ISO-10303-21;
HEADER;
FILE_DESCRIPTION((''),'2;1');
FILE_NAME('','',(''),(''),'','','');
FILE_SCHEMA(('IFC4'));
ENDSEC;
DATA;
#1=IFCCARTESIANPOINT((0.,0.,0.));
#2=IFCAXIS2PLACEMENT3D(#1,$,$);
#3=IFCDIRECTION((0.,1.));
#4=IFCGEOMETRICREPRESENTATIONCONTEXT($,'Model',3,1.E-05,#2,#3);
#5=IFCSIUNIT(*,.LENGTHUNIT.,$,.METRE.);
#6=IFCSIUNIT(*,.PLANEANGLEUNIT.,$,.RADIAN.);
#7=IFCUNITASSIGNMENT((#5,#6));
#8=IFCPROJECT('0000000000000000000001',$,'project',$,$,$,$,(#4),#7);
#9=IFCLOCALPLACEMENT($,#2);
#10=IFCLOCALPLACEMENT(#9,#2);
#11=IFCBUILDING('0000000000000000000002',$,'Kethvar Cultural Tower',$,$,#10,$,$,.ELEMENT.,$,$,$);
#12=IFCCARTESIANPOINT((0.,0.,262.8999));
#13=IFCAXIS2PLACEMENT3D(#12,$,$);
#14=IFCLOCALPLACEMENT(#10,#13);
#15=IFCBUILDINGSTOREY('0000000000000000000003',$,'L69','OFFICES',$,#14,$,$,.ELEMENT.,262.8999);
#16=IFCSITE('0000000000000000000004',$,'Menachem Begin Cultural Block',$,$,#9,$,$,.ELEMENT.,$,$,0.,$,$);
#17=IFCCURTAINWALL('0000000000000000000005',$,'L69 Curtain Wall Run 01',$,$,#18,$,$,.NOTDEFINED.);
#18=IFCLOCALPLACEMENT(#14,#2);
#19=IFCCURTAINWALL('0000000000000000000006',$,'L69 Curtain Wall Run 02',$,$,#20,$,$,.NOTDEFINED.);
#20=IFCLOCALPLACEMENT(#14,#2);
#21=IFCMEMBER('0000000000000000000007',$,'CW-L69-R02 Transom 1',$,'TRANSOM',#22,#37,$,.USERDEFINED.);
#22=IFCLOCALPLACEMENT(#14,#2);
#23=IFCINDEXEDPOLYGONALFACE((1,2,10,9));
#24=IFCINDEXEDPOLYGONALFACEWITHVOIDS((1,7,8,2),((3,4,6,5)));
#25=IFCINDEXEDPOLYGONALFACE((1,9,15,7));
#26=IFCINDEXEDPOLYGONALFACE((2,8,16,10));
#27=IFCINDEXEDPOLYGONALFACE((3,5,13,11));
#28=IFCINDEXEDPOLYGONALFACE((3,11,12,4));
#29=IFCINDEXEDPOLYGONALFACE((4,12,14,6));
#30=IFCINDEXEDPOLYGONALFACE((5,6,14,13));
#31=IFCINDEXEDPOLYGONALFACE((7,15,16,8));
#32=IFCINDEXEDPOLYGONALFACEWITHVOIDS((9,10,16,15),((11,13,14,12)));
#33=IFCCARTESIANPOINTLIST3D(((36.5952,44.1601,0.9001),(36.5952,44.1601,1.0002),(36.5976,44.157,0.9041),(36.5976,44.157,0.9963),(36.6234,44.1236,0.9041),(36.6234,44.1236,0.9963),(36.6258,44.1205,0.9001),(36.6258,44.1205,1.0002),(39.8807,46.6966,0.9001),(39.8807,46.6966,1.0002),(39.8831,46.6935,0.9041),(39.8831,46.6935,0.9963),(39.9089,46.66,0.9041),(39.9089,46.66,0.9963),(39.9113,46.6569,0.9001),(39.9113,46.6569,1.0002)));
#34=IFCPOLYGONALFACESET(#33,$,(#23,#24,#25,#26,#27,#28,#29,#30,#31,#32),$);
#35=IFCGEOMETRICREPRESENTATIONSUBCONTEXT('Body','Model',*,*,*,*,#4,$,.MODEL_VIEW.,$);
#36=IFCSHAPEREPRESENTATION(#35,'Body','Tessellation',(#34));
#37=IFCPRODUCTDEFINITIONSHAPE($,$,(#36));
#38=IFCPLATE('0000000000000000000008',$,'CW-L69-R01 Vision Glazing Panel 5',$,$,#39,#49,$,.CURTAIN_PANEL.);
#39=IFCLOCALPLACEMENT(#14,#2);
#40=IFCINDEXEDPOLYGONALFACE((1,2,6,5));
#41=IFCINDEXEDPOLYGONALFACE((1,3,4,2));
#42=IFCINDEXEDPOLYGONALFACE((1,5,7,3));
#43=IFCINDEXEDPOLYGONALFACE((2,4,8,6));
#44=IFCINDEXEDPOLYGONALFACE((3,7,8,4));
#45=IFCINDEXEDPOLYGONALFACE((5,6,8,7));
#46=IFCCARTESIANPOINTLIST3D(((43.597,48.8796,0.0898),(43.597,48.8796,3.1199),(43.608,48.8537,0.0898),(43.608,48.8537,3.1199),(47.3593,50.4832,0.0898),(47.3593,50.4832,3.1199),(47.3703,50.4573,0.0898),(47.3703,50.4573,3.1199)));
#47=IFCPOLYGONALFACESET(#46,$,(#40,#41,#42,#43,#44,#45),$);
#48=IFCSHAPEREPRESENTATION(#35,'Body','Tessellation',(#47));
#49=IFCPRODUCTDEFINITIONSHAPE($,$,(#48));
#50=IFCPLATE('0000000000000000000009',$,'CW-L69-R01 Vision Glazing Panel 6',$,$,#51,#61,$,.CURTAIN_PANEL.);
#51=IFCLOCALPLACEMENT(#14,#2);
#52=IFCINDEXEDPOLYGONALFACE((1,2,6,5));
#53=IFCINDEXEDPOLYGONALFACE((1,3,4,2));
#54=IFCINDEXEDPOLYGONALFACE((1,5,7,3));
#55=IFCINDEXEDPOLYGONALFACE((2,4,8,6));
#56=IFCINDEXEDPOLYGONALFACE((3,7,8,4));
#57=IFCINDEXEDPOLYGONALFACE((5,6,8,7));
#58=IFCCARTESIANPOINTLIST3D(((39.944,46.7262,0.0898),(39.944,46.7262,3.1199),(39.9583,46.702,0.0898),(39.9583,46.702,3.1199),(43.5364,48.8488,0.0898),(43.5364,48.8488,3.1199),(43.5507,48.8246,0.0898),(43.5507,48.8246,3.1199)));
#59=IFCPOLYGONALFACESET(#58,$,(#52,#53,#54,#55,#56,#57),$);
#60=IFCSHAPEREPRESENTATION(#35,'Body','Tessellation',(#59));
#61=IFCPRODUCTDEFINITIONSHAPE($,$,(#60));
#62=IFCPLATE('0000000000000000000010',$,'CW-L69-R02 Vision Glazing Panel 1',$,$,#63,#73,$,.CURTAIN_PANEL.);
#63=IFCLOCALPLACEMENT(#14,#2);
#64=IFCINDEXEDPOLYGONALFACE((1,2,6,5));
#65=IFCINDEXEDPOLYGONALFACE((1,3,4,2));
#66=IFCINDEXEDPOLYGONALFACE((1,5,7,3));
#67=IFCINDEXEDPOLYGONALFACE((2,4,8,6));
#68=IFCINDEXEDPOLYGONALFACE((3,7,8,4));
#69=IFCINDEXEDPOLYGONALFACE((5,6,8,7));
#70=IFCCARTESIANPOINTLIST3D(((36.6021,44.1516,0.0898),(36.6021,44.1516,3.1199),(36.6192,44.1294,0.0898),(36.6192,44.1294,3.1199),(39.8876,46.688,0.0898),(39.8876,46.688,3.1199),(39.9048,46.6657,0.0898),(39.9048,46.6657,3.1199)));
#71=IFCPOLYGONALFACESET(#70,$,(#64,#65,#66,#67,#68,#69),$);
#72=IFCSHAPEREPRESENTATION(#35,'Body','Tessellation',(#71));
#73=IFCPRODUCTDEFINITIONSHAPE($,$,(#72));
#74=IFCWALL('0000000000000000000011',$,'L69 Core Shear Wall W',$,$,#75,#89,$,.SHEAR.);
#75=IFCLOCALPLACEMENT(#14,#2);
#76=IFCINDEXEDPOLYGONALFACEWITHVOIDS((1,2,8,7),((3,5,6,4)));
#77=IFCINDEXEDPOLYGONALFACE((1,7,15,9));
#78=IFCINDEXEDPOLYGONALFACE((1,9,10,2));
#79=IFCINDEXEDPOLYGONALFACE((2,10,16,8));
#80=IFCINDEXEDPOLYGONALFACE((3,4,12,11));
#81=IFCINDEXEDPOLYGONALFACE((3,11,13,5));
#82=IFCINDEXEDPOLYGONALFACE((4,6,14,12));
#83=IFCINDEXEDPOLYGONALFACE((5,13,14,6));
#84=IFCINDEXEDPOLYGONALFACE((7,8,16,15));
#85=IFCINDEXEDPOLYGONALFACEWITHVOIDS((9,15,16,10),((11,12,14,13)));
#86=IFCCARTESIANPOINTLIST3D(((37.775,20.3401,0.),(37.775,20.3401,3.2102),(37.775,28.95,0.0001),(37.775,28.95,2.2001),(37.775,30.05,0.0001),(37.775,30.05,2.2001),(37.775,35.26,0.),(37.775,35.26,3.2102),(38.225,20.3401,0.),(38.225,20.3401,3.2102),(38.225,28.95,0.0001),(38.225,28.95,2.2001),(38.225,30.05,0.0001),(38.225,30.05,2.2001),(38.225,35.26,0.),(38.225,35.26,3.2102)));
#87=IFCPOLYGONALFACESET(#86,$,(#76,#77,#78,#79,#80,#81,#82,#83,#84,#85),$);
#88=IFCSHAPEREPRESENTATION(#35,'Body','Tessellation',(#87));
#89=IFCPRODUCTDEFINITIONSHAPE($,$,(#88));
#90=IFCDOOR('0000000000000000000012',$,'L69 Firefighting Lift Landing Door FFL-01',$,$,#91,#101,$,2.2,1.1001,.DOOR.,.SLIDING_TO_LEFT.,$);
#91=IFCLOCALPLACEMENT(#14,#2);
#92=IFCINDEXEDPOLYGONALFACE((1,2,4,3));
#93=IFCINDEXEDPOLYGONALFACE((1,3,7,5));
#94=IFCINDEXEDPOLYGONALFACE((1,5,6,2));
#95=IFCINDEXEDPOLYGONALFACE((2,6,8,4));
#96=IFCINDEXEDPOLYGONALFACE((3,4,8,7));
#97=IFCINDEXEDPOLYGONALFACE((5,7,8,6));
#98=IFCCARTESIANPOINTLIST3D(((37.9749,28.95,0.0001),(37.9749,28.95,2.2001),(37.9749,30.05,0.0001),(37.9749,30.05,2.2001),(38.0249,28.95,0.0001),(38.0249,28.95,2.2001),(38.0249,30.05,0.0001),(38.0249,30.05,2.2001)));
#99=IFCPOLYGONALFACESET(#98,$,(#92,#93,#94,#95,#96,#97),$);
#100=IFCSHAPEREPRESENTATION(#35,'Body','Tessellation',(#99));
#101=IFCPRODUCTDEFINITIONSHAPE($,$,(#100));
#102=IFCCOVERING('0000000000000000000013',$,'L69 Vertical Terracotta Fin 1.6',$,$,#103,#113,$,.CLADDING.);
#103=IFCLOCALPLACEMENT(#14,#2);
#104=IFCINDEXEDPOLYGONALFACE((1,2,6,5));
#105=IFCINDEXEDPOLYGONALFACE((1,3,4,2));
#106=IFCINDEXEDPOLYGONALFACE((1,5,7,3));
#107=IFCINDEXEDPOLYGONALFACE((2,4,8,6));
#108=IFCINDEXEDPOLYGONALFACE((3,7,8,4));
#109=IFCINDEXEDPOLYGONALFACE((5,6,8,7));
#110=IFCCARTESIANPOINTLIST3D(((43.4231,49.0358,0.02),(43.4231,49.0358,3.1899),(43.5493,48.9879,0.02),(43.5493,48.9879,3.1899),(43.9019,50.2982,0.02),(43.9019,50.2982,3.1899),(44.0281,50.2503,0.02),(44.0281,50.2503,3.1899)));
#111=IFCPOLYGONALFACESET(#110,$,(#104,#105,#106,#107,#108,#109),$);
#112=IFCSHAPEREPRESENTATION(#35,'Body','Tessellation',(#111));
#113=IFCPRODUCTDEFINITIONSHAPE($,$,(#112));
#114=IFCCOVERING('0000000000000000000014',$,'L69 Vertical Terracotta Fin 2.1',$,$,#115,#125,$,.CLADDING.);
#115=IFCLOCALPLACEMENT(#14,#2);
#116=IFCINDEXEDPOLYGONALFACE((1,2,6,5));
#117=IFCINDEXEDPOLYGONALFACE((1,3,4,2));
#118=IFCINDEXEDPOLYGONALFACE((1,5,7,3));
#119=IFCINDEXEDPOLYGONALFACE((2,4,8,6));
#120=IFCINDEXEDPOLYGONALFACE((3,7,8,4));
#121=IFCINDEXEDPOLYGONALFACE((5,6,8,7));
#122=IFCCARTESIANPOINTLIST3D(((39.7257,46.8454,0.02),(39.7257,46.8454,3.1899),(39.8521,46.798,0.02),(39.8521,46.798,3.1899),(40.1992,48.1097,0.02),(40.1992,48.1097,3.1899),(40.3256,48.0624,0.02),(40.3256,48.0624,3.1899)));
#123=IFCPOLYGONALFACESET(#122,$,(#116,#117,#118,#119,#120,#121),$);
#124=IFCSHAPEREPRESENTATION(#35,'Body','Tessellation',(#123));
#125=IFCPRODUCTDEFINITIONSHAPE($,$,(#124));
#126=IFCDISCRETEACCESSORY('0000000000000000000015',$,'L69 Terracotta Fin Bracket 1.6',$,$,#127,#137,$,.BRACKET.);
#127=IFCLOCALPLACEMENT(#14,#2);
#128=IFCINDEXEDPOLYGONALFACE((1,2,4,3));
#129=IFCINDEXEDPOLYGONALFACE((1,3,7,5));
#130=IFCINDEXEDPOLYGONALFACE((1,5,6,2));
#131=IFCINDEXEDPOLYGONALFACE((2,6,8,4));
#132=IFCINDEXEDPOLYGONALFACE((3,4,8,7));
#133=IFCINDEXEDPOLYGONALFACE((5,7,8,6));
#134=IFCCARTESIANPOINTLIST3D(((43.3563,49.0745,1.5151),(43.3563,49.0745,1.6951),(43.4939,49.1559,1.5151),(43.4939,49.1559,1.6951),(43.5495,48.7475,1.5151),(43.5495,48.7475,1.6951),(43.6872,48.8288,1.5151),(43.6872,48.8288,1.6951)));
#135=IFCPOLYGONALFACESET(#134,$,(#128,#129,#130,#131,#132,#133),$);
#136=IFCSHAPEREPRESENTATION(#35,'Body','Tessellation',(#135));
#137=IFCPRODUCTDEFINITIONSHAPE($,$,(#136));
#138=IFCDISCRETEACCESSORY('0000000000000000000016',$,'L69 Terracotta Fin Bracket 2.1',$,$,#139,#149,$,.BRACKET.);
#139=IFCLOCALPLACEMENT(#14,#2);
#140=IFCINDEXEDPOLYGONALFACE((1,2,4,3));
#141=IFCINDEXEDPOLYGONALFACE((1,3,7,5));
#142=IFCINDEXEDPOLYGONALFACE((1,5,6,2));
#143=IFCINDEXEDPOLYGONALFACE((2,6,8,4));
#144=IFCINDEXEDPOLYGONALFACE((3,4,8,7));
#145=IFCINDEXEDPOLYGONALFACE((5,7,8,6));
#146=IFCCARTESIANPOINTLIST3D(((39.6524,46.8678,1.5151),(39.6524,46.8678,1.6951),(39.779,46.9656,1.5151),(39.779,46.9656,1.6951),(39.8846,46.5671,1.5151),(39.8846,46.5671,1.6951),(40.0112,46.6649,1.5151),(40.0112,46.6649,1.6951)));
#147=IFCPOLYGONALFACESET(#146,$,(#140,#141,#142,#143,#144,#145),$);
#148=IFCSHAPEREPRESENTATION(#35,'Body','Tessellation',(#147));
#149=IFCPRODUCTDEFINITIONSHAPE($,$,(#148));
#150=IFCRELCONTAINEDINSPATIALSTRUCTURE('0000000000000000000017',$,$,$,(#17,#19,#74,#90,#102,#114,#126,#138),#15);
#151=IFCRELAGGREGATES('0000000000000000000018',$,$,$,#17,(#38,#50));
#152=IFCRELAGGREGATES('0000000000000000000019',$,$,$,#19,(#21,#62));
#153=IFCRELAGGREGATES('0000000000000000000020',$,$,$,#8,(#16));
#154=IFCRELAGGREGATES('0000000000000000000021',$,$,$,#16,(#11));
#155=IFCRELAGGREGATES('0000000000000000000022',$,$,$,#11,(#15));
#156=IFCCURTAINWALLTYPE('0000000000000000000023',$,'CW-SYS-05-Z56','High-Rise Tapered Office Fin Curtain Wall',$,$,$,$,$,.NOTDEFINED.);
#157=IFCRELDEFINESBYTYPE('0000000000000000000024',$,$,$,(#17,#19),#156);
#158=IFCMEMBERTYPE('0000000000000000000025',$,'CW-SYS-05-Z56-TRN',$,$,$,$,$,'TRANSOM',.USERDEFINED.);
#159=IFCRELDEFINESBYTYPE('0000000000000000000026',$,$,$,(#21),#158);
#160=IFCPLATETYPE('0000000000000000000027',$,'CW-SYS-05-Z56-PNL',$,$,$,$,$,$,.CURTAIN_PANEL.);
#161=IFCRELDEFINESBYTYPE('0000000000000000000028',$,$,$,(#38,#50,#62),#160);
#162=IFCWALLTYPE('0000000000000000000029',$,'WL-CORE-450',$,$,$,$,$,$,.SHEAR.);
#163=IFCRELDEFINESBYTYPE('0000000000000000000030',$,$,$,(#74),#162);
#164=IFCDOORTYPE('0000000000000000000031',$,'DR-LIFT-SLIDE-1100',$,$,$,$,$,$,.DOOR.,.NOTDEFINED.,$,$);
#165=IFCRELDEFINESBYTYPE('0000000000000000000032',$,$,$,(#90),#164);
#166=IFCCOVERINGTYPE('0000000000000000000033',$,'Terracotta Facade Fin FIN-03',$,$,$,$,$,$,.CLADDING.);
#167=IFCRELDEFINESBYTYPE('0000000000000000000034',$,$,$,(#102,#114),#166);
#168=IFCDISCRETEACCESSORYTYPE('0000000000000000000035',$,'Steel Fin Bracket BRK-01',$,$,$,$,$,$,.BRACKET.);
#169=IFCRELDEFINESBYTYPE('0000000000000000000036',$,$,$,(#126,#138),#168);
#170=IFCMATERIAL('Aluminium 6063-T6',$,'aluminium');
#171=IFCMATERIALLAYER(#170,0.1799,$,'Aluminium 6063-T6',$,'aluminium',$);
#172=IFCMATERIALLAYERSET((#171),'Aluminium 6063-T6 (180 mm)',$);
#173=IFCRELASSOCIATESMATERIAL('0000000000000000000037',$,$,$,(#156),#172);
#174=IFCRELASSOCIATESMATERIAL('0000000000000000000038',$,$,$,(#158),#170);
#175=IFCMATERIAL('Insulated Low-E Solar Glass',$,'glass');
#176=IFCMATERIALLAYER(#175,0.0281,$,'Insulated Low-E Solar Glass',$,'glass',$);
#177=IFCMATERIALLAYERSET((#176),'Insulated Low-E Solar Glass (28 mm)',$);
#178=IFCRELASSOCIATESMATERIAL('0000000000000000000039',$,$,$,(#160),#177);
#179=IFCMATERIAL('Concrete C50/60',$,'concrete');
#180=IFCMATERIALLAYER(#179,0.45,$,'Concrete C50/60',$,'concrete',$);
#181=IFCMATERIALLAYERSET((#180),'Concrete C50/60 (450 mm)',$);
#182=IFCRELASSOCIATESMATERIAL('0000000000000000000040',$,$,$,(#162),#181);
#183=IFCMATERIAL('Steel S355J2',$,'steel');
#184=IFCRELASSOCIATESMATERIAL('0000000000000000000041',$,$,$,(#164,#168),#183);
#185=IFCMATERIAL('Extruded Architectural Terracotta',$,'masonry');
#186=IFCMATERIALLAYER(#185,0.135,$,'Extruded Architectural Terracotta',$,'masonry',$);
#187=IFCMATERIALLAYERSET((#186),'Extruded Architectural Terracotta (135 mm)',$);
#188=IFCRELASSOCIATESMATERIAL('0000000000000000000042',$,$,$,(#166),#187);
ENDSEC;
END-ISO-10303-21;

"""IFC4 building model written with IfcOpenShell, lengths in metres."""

from ifc_helpers import new_model, si_unit, direction, frame, frame_2d, origin, origin_2d, place, context, subcontext, project, spatial, rectangle, hollow_rectangle, extrude, source, transform, mapped, material, layer, layer_set, material_profile, profile_set, type_object, element, fill, aggregate, save


model = new_model("IFC4")

# Units and contexts
model_context = context("Model", 3, precision=1e-05, world=origin(), true_north=direction((0.0, 1.0)))
body_context = subcontext(model_context, "Body", "Model", "MODEL_VIEW")
ifc_project = project(units=[si_unit("LENGTHUNIT", "METRE"), si_unit("PLANEANGLEUNIT", "RADIAN")], contexts=[model_context])

# Site, building, storey
site_placement = place(None, origin())
site = spatial("IfcSite", under=ifc_project, at=site_placement, Name="Menachem Begin Cultural Block", CompositionType="ELEMENT", RefElevation=0.0)
building_placement = place(site_placement, origin())
building = spatial("IfcBuilding", under=site, at=building_placement, Name="Kethvar Cultural Tower", CompositionType="ELEMENT")
storey_placement = place(building_placement, frame((0.0, 0.0, 262.8999)))
storey = spatial("IfcBuildingStorey", under=building, at=storey_placement, Name="L69", Description="OFFICES", CompositionType="ELEMENT", Elevation=262.8999)

# Shared definitions
ifc_material_1 = material(Name="Steel S355J2", Category="steel")

# Curtain wall
ifc_material_2 = material(Name="Aluminium 6063-T6", Category="aluminium")
ifc_layer_1 = layer(ifc_material_2, 0.1799, Name="Aluminium 6063-T6", Category="aluminium")
ifc_layer_set_1 = layer_set([ifc_layer_1], Name="Aluminium 6063-T6 (180 mm)")
curtain_wall_type = type_object("IfcCurtainWallType", Name="CW-SYS-05-Z56", Description="High-Rise Tapered Office Fin Curtain Wall", PredefinedType="NOTDEFINED", material=ifc_layer_set_1)
curtain_wall_1_placement = place(storey_placement, origin())
curtain_wall_1 = element("IfcCurtainWall", 1, at=curtain_wall_1_placement, inside=storey, type_object=curtain_wall_type, Name="L69 Curtain Wall Run 01", PredefinedType="NOTDEFINED")

# Curtain wall
curtain_wall_2_placement = place(storey_placement, origin())
curtain_wall_2 = element("IfcCurtainWall", 2, at=curtain_wall_2_placement, inside=storey, type_object=curtain_wall_type, Name="L69 Curtain Wall Run 02", PredefinedType="NOTDEFINED")

# Member
ifc_material_profile_1 = material_profile(ifc_material_2, hollow_rectangle(XDim=0.05, YDim=0.1001, WallThickness=0.0039, at=origin_2d()), Name="Aluminium 6063-T6 — RHS100x50x4")
ifc_profile_set_1 = profile_set([ifc_material_profile_1], Name="Aluminium 6063-T6 — RHS100x50x4")
member_type_1 = type_object("IfcMemberType", Name="CW-SYS-05-Z56-TRN", ElementType="TRANSOM", PredefinedType="USERDEFINED", material=ifc_profile_set_1)
shared_shape_1 = source(origin(), body_context, "Body", "SweptSolid", [
    extrude(hollow_rectangle(XDim=0.05, YDim=0.1001, WallThickness=0.0039, at=origin_2d()), origin(), (0.0, 0.0, 1.0), 4.1506),
])
member_1_placement = place(storey_placement, frame((39.896, 46.6768, 0.9502), z_axis=(-0.791558, -0.611094, 0.0), x_axis=(0.611094, -0.791558, 0.0)))
member_1 = element("IfcMember", 3, at=member_1_placement, type_object=member_type_1, Name="CW-L69-R02 Transom 1", ObjectType="TRANSOM", PredefinedType="USERDEFINED", context=body_context, shape_type="MappedRepresentation", body=[
    mapped(shared_shape_1, transform((0.0, 0.0, 0.0), scale=1.0)),
])

# Plates
ifc_material_3 = material(Name="Insulated Low-E Solar Glass", Category="glass")
ifc_layer_2 = layer(ifc_material_3, 0.0281, Name="Insulated Low-E Solar Glass", Category="glass")
ifc_layer_set_2 = layer_set([ifc_layer_2], Name="Insulated Low-E Solar Glass (28 mm)")
plate_type = type_object("IfcPlateType", Name="CW-SYS-05-Z56-PNL", PredefinedType="CURTAIN_PANEL", material=ifc_layer_set_2)
shared_shape_2 = source(origin(), body_context, "Body", "SweptSolid", [
    extrude(rectangle(XDim=4.0898, YDim=0.0281, at=origin_2d()), origin(), (0.0, 0.0, 1.0), 3.03),
])
plate_1_placement = place(storey_placement, frame((45.4836, 49.6685, 0.0898), z_axis=(0.0, 0.0, 1.0), x_axis=(-0.919924, -0.392096, 0.0)))
plate_1 = element("IfcPlate", 4, at=plate_1_placement, type_object=plate_type, Name="CW-L69-R01 Vision Glazing Panel 5", PredefinedType="CURTAIN_PANEL", context=body_context, shape_type="MappedRepresentation", body=[
    mapped(shared_shape_2, transform((0.0, 0.0, 0.0), scale=1.0)),
])
shared_shape_3 = source(origin(), body_context, "Body", "SweptSolid", [
    extrude(rectangle(XDim=4.1726, YDim=0.0281, at=origin_2d()), origin(), (0.0, 0.0, 1.0), 3.03),
])
plate_2_placement = place(storey_placement, frame((41.7473, 47.7754, 0.0898), z_axis=(0.0, 0.0, 1.0), x_axis=(-0.860946, -0.508696, 0.0)))
plate_2 = element("IfcPlate", 5, at=plate_2_placement, type_object=plate_type, Name="CW-L69-R01 Vision Glazing Panel 6", PredefinedType="CURTAIN_PANEL", context=body_context, shape_type="MappedRepresentation", body=[
    mapped(shared_shape_3, transform((0.0, 0.0, 0.0), scale=1.0)),
])
aggregate(curtain_wall_1, [plate_1, plate_2])
shared_shape_4 = source(origin(), body_context, "Body", "SweptSolid", [
    extrude(rectangle(XDim=4.1506, YDim=0.0281, at=origin_2d()), origin(), (0.0, 0.0, 1.0), 3.03),
])
plate_3_placement = place(storey_placement, frame((38.2534, 45.4087, 0.0898), z_axis=(0.0, 0.0, 1.0), x_axis=(-0.791576, -0.611071, 0.0)))
plate_3 = element("IfcPlate", 6, at=plate_3_placement, type_object=plate_type, Name="CW-L69-R02 Vision Glazing Panel 1", PredefinedType="CURTAIN_PANEL", context=body_context, shape_type="MappedRepresentation", body=[
    mapped(shared_shape_4, transform((0.0, 0.0, 0.0), scale=1.0)),
])
aggregate(curtain_wall_2, [member_1, plate_3])

# Wall, opening, door
ifc_material_4 = material(Name="Concrete C50/60", Category="concrete")
ifc_layer_3 = layer(ifc_material_4, 0.45, Name="Concrete C50/60", Category="concrete")
ifc_layer_set_3 = layer_set([ifc_layer_3], Name="Concrete C50/60 (450 mm)")
wall_type = type_object("IfcWallType", Name="WL-CORE-450", PredefinedType="SHEAR", material=ifc_layer_set_3)
wall_placement = place(storey_placement, frame((38.0, 35.26, 0.0), z_axis=(0.0, 0.0, 1.0), x_axis=(0.0, -1.0, 0.0)))
wall = element("IfcWall", 7, at=wall_placement, inside=storey, type_object=wall_type, Name="L69 Core Shear Wall W", PredefinedType="SHEAR", context=body_context, shape_type="SweptSolid", body=[
    extrude(rectangle(XDim=14.9199, YDim=0.45, at=frame_2d((7.46, 0.0))), origin(), (0.0, 0.0, 1.0), 3.2102),
])
opening_placement = place(wall_placement, frame((5.21, 0.0, 0.0)))
opening = element("IfcOpeningElement", 8, at=opening_placement, cuts=wall, PredefinedType="OPENING", context=body_context, shape_type="SweptSolid", body=[
    extrude(rectangle(XDim=1.1001, YDim=2.2, at=frame_2d((0.55, 1.1001))), frame((0.0, 0.2349, 0.0), z_axis=(0.0, -1.0, 0.0), x_axis=(1.0, 0.0, 0.0)), (0.0, 0.0, 1.0), 0.47),
])
door_type = type_object("IfcDoorType", Name="DR-LIFT-SLIDE-1100", OperationType="NOTDEFINED", PredefinedType="DOOR", material=ifc_material_1)
shared_shape_5 = source(origin(), body_context, "Body", "SweptSolid", [
    extrude(rectangle(XDim=1.1001, YDim=2.2, at=frame_2d((0.55, 1.1001))), frame((0.0, 0.0249, 0.0), z_axis=(0.0, -1.0, 0.0), x_axis=(1.0, 0.0, 0.0)), (0.0, 0.0, 1.0), 0.05),
])
door_placement = place(opening_placement, origin())
door = element("IfcDoor", 9, at=door_placement, inside=storey, type_object=door_type, Name="L69 Firefighting Lift Landing Door FFL-01", OperationType="SLIDING_TO_LEFT", OverallHeight=2.2, OverallWidth=1.1001, PredefinedType="DOOR", context=body_context, shape_type="MappedRepresentation", body=[
    mapped(shared_shape_5, transform((0.0, 0.0, 0.0), scale=1.0)),
])
fill(opening, door)

# Coverings
ifc_material_5 = material(Name="Extruded Architectural Terracotta", Category="masonry")
ifc_layer_4 = layer(ifc_material_5, 0.135, Name="Extruded Architectural Terracotta", Category="masonry")
ifc_layer_set_4 = layer_set([ifc_layer_4], Name="Extruded Architectural Terracotta (135 mm)")
covering_type = type_object("IfcCoveringType", Name="Terracotta Facade Fin FIN-03", PredefinedType="CLADDING", material=ifc_layer_set_4)
shared_shape_6 = source(origin(), body_context, "Body", "SweptSolid", [
    extrude(rectangle(XDim=1.3501, YDim=0.135, at=origin_2d()), origin(), (0.0, 0.0, 1.0), 3.1699),
])
for number, where, z_axis, x_axis, name in (
    (10, (43.7256, 49.6431, 0.02), (0.0, 0.0, 1.0), (0.354617, 0.935011, 0.0), "L69 Vertical Terracotta Fin 1.6"),
    (11, (40.0256, 47.4539, 0.02), (0.0, 0.0, 1.0), (0.350698, 0.936489, 0.0), "L69 Vertical Terracotta Fin 2.1"),
):
    element("IfcCovering", number, at=place(storey_placement, frame(where, z_axis=z_axis, x_axis=x_axis)), inside=storey, type_object=covering_type, Name=name, PredefinedType="CLADDING", context=body_context, shape_type="MappedRepresentation", body=[
        mapped(shared_shape_6, transform((0.0, 0.0, 0.0), scale=1.0)),
    ])

# Discrete accessories
discrete_accessory_type = type_object("IfcDiscreteAccessoryType", Name="Steel Fin Bracket BRK-01", PredefinedType="BRACKET", material=ifc_material_1)
shared_shape_7 = source(origin(), body_context, "Body", "SweptSolid", [
    extrude(rectangle(XDim=0.3799, YDim=0.1599, at=origin_2d()), origin(), (0.0, 0.0, 1.0), 0.1799),
])
for number, where, z_axis, x_axis, name in (
    (12, (43.5217, 48.9517, 1.5151), (0.0, 0.0, 1.0), (-0.508741, 0.86092, 0.0), "L69 Terracotta Fin Bracket 1.6"),
    (13, (39.8318, 46.7664, 1.5151), (0.0, 0.0, 1.0), (-0.611113, 0.791544, 0.0), "L69 Terracotta Fin Bracket 2.1"),
):
    element("IfcDiscreteAccessory", number, at=place(storey_placement, frame(where, z_axis=z_axis, x_axis=x_axis)), inside=storey, type_object=discrete_accessory_type, Name=name, PredefinedType="BRACKET", context=body_context, shape_type="MappedRepresentation", body=[
        mapped(shared_shape_7, transform((0.0, 0.0, 0.0), scale=1.0)),
    ])

save(model, "model.ifc")
